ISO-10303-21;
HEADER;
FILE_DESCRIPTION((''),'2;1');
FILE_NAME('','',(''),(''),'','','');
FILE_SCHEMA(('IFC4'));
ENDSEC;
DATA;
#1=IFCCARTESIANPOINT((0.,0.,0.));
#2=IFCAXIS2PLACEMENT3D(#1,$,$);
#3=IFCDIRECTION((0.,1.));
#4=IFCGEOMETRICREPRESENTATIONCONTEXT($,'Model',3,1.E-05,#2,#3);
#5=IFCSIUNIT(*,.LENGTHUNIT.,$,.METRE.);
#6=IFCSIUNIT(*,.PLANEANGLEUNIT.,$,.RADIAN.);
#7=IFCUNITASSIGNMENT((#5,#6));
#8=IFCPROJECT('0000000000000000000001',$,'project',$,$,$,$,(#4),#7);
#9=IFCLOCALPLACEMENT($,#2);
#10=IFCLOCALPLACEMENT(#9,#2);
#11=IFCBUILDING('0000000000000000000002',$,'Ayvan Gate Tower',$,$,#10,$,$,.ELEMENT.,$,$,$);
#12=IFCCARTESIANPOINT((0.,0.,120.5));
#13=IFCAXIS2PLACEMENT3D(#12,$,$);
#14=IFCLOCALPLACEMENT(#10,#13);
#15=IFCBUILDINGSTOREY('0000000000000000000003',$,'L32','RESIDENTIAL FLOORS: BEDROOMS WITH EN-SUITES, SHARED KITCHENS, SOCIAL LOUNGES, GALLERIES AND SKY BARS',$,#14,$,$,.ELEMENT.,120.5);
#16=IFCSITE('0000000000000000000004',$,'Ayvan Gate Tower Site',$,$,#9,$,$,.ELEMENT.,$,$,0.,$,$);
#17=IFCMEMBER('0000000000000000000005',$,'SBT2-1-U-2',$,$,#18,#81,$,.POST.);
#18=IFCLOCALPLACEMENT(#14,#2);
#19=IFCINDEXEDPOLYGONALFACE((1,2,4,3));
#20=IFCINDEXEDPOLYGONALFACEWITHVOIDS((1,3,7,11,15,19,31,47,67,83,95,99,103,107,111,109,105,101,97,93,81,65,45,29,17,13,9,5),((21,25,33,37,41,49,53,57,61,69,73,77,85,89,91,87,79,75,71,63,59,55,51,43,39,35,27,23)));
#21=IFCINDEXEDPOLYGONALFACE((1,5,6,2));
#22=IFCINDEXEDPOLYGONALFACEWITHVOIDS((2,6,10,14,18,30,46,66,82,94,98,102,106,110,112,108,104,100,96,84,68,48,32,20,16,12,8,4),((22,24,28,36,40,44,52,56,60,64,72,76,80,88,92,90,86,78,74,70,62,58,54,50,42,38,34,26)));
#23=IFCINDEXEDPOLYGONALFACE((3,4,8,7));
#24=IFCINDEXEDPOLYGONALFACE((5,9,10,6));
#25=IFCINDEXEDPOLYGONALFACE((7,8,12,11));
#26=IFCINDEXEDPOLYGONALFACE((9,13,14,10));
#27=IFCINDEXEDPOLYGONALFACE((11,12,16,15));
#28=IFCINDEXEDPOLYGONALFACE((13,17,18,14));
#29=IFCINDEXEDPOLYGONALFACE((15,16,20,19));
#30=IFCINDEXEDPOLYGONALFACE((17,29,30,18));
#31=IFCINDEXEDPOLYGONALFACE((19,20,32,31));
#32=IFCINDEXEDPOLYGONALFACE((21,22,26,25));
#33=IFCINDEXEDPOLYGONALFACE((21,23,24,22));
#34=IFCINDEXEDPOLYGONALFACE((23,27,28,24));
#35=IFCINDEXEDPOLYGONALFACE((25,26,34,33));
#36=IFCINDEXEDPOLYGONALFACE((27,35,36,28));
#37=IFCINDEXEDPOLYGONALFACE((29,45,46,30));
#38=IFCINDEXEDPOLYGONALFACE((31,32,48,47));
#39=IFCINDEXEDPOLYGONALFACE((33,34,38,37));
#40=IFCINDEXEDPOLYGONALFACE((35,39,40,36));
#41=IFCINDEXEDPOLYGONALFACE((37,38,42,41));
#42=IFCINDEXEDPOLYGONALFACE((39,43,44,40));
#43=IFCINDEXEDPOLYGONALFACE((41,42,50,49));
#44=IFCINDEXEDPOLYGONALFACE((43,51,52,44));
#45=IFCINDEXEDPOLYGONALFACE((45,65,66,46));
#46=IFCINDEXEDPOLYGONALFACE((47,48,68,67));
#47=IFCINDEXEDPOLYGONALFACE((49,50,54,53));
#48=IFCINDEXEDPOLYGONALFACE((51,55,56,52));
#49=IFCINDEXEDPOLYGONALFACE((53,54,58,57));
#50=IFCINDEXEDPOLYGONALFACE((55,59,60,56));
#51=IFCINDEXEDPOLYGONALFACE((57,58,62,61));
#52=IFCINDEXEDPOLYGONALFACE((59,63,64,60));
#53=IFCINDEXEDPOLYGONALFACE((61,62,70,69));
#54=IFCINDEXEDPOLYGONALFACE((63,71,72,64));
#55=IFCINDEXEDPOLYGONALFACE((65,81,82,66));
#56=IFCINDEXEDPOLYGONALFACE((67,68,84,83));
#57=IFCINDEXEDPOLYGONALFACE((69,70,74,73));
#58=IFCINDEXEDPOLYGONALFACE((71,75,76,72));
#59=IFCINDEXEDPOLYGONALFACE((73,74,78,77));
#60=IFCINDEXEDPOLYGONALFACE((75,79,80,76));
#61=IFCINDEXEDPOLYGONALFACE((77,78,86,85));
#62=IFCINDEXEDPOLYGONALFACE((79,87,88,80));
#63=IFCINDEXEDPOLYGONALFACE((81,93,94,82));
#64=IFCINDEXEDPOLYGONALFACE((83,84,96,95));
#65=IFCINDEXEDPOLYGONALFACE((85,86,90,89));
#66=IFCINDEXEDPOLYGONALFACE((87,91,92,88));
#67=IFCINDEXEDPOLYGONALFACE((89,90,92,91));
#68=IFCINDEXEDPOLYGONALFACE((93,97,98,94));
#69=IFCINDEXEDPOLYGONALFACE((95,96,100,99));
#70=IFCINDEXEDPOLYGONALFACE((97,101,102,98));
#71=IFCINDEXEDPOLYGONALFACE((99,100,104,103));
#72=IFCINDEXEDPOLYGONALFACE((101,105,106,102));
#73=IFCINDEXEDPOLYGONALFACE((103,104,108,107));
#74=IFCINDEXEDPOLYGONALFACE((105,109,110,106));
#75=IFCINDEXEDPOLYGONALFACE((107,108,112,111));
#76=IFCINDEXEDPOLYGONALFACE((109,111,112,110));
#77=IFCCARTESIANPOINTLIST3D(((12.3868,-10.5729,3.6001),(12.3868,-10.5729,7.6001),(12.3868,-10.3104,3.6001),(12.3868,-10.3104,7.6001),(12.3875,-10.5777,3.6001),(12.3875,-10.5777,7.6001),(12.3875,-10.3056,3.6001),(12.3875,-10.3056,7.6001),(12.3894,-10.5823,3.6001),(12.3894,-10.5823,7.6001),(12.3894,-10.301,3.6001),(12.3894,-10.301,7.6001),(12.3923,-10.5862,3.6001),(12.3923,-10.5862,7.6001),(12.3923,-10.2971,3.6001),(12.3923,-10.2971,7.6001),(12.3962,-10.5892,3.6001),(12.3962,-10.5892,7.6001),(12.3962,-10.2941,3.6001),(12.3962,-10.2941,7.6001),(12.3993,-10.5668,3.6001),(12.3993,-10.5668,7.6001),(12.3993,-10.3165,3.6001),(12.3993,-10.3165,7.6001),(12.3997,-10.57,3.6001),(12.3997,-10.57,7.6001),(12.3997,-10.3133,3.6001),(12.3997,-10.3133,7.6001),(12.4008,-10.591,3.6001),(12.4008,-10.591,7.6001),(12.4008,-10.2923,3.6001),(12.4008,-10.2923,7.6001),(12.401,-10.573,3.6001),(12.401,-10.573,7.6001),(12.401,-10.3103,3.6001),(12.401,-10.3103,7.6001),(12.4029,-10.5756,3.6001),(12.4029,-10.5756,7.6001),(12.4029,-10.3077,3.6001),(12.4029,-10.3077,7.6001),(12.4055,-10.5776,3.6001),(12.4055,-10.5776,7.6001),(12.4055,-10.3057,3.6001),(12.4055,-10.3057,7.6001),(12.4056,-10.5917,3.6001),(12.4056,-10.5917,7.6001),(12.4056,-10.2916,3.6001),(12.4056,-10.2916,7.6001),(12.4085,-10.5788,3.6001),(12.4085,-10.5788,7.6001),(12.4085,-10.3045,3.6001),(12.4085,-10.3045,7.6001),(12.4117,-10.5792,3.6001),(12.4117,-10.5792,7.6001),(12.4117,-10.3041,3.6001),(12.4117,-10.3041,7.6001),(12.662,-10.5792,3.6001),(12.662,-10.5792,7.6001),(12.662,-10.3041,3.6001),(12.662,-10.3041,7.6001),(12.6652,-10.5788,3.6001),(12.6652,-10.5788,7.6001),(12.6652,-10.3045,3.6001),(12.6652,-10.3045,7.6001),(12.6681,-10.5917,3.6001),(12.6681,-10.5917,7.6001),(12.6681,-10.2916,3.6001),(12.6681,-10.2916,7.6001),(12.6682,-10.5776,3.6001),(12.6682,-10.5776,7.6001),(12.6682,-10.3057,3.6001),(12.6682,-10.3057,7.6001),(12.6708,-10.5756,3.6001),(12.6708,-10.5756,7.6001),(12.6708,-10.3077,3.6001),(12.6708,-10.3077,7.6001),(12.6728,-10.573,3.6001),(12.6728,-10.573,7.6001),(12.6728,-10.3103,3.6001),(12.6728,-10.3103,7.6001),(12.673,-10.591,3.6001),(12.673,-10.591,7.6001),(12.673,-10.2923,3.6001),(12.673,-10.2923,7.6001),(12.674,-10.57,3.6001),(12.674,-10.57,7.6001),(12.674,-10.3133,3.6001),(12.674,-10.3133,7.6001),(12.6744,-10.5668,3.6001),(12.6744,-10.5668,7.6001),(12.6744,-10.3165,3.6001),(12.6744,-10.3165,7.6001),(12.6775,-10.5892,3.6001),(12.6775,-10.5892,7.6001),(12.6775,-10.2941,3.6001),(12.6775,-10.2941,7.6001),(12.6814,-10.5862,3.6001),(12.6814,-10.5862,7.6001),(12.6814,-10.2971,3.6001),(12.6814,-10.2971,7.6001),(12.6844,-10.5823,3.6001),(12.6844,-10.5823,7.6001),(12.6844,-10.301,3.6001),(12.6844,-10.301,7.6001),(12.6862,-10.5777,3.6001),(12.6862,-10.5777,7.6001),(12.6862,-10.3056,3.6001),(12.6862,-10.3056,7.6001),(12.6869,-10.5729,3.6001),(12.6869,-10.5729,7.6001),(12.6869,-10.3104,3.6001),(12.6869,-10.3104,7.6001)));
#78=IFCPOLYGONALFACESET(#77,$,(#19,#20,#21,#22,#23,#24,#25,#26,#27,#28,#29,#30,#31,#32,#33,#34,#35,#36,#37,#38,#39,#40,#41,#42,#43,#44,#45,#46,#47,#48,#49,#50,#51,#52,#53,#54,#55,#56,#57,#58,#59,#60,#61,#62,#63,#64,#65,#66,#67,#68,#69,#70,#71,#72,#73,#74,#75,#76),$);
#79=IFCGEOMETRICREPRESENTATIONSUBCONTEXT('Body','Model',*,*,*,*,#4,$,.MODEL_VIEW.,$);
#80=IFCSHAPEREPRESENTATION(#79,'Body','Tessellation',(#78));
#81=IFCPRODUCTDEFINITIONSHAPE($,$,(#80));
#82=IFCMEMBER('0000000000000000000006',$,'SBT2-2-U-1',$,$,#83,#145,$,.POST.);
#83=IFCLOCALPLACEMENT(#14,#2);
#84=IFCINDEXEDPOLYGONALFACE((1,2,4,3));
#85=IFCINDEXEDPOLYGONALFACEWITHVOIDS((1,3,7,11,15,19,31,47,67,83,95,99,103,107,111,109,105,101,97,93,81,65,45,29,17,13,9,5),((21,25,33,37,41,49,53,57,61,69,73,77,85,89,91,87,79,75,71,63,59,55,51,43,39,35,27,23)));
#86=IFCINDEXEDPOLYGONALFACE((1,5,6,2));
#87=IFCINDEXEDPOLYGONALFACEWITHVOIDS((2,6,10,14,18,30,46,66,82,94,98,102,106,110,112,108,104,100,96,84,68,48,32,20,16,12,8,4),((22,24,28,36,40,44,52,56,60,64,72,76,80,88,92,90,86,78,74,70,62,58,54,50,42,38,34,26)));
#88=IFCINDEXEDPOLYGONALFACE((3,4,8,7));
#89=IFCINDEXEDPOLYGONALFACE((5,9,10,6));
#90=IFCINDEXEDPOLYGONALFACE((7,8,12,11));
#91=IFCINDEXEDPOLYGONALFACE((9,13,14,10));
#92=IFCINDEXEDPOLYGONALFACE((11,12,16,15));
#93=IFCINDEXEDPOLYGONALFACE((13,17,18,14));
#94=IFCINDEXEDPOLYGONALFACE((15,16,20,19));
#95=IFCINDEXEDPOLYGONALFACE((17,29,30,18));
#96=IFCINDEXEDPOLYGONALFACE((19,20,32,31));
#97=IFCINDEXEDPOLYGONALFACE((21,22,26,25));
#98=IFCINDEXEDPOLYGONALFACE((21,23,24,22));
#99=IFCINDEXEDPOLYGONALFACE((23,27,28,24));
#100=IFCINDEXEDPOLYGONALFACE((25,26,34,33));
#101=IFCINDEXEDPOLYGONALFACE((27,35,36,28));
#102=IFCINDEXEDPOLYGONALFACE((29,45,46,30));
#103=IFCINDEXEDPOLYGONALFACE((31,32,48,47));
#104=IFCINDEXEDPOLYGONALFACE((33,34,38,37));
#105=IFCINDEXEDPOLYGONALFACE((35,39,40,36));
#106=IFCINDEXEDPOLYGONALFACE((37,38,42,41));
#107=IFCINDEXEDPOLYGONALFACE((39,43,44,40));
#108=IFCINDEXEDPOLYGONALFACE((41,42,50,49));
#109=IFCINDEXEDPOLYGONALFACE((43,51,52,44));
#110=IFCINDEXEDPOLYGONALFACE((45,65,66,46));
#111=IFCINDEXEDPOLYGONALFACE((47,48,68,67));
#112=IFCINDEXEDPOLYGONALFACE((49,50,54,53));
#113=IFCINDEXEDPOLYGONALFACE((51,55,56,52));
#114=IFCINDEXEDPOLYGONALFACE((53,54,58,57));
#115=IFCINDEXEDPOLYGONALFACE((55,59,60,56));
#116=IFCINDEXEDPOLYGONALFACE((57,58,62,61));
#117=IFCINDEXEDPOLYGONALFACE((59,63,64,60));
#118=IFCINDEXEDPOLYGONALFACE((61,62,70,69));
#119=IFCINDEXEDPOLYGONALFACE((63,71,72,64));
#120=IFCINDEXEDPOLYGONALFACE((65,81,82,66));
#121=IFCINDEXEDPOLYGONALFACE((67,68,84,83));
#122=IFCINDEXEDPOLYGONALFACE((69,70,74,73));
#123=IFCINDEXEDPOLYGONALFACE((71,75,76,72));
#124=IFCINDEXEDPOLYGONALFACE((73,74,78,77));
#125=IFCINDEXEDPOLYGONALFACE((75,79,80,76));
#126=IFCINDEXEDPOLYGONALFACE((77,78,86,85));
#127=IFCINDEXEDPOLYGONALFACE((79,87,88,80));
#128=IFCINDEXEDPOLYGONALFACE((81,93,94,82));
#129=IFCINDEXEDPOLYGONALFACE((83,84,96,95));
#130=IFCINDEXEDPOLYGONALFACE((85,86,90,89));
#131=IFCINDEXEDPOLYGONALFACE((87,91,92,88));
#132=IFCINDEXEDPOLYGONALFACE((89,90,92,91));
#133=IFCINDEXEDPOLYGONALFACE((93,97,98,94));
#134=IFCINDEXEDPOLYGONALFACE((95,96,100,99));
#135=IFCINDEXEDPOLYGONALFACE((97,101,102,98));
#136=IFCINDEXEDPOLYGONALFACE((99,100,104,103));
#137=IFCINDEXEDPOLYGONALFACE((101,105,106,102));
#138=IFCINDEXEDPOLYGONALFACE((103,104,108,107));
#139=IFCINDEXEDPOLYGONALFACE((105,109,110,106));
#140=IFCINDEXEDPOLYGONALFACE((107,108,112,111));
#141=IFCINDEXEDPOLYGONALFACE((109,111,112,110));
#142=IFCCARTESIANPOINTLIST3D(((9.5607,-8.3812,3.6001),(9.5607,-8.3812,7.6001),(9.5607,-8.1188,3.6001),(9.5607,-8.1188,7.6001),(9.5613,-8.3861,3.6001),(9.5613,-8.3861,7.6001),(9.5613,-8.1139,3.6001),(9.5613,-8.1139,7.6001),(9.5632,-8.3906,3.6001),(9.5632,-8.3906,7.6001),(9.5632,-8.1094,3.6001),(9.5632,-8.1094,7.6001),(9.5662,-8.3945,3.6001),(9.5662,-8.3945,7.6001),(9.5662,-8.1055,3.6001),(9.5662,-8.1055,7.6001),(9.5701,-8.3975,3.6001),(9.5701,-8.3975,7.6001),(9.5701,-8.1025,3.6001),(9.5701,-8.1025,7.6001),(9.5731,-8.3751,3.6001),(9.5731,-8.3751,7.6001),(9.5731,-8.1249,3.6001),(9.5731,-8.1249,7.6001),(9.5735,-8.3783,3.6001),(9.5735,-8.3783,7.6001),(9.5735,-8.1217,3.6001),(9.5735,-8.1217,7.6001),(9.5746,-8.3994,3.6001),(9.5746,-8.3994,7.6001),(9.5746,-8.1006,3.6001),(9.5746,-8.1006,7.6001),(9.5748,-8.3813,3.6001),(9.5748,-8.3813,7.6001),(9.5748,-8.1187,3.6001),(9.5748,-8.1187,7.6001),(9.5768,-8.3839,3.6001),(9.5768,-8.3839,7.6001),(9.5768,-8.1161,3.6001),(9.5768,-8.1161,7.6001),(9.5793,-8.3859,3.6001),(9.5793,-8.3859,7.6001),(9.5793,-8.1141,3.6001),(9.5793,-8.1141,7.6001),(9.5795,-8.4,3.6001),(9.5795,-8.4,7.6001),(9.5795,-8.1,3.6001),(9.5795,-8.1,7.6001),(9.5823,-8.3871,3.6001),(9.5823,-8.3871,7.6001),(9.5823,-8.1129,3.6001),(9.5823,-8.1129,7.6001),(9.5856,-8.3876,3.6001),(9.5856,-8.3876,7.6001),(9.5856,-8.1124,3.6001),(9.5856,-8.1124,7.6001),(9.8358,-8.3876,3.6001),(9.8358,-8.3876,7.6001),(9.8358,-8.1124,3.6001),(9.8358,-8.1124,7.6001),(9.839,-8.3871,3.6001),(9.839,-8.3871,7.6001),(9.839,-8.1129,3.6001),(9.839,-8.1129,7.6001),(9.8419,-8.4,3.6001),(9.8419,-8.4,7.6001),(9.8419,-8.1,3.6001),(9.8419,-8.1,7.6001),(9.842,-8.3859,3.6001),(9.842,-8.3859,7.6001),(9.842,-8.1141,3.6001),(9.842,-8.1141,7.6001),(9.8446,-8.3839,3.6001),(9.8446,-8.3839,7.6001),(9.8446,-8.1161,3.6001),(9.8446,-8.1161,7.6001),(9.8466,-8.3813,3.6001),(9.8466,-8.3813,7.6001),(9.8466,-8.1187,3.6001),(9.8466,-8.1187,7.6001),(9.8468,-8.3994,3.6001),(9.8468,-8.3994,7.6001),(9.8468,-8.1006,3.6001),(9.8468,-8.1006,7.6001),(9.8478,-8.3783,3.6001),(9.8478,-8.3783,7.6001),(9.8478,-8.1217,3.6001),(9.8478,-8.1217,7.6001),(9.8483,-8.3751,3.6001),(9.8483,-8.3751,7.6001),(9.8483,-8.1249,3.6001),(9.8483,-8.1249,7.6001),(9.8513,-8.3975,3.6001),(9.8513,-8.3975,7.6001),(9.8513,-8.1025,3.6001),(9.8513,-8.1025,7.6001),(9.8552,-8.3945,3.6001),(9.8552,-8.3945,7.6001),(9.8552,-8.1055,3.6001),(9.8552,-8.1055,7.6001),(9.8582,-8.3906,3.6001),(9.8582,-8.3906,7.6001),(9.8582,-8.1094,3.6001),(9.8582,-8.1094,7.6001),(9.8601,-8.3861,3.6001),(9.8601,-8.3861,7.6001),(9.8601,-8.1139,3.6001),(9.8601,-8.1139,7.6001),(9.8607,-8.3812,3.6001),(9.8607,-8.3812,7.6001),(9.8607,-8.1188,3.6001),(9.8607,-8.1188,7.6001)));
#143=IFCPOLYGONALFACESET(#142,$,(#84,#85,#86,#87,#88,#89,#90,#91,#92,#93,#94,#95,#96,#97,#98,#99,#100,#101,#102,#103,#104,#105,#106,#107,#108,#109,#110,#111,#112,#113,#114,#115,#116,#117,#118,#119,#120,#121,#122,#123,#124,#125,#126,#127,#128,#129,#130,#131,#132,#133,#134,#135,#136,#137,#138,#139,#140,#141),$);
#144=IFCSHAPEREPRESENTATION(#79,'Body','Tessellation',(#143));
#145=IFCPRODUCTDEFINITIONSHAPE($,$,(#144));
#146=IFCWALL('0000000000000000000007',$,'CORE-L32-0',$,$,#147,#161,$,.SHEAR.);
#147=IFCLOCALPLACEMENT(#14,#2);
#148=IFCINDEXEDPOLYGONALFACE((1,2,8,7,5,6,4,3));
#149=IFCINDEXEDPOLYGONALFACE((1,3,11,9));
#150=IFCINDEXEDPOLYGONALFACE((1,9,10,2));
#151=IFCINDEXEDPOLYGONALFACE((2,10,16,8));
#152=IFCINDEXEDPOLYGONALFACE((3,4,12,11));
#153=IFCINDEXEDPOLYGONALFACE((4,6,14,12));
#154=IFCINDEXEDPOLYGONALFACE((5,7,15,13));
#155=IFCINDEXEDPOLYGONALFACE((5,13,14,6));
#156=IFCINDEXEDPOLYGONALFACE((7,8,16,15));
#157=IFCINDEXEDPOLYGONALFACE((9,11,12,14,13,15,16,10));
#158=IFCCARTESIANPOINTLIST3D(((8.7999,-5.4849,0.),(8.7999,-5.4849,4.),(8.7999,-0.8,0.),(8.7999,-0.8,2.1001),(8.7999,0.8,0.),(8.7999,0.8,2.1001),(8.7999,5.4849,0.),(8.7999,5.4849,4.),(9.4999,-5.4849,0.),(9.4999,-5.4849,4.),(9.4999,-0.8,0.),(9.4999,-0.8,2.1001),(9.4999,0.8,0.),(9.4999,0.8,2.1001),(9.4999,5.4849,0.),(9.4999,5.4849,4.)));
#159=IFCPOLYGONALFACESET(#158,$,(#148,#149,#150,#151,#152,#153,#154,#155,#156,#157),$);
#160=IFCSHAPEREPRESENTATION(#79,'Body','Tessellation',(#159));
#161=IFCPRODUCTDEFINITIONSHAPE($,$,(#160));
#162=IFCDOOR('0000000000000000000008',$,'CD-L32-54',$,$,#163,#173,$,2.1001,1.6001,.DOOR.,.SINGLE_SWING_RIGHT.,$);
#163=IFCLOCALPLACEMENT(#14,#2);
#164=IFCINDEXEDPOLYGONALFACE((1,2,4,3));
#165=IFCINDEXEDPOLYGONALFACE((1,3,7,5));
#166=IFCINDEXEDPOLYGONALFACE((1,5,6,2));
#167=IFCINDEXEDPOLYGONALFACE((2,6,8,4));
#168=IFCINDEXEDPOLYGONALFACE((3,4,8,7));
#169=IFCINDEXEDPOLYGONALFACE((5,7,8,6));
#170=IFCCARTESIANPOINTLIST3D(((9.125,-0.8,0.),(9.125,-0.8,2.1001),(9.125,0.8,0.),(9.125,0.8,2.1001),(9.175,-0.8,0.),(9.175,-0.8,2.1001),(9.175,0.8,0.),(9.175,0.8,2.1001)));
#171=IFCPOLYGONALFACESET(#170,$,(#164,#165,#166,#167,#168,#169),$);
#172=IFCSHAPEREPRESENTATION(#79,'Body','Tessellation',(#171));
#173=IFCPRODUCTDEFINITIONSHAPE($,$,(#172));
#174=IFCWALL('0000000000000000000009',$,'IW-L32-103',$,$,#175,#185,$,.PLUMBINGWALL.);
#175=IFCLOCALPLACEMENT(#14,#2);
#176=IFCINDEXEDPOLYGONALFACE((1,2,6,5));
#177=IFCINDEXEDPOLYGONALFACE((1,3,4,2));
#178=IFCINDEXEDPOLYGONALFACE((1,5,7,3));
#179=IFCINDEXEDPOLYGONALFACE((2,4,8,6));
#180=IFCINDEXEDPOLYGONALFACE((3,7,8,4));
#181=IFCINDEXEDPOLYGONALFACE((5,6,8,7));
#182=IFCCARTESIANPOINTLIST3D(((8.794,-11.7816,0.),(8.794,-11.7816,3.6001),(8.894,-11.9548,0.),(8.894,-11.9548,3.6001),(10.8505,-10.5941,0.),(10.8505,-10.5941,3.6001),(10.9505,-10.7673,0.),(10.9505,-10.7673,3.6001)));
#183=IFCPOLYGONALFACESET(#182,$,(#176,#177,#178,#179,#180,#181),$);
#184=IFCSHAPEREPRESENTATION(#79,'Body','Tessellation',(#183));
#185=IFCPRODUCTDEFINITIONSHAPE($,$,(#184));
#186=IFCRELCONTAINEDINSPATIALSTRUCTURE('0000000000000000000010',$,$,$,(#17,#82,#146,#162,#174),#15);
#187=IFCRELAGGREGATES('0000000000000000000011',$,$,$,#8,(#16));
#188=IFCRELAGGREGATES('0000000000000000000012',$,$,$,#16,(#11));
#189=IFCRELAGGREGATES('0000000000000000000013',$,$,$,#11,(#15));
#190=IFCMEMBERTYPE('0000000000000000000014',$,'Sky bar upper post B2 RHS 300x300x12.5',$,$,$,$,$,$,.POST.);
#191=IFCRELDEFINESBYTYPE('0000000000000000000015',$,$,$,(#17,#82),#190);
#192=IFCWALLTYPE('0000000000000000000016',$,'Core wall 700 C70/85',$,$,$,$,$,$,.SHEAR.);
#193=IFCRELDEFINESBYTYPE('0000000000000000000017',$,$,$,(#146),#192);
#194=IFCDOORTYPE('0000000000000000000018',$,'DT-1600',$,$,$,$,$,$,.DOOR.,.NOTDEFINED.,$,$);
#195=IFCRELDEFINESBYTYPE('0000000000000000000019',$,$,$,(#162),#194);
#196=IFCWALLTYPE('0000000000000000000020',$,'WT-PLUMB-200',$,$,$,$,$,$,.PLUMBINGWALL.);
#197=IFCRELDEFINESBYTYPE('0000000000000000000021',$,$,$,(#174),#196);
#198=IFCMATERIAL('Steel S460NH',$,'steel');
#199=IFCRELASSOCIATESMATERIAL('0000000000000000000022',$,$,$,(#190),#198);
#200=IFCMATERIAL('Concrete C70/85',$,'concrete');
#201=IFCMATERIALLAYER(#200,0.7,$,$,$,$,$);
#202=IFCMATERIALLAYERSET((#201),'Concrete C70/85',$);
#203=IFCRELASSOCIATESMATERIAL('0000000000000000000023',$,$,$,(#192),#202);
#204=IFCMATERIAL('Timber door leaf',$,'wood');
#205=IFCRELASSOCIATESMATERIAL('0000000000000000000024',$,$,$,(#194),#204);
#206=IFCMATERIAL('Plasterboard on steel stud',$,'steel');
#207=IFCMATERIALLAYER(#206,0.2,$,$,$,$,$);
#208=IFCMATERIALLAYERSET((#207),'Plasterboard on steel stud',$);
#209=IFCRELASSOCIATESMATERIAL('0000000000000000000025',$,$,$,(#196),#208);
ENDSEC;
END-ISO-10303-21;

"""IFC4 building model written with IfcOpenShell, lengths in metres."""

from ifc_helpers import new_model, si_unit, direction, frame, frame_2d, origin, origin_2d, place, context, subcontext, project, spatial, rectangle, hollow_rectangle, extrude, material, layer, layer_set, material_profile, profile_set, type_object, element, fill, save


model = new_model("IFC4")

# Units and contexts
model_context = context("Model", 3, precision=1e-05, world=origin(), true_north=direction((0.0, 1.0)))
body_context = subcontext(model_context, "Body", "Model", "MODEL_VIEW")
ifc_project = project(units=[si_unit("LENGTHUNIT", "METRE"), si_unit("PLANEANGLEUNIT", "RADIAN")], contexts=[model_context])

# Site, building, storey
site_placement = place(None, origin())
site = spatial("IfcSite", under=ifc_project, at=site_placement, Name="Ayvan Gate Tower Site", CompositionType="ELEMENT", RefElevation=0.0)
building_placement = place(site_placement, origin())
building = spatial("IfcBuilding", under=site, at=building_placement, Name="Ayvan Gate Tower", CompositionType="ELEMENT")
storey_placement = place(building_placement, frame((0.0, 0.0, 120.5)))
storey = spatial("IfcBuildingStorey", under=building, at=storey_placement, Name="L32", Description="RESIDENTIAL FLOORS: BEDROOMS WITH EN-SUITES, SHARED KITCHENS, SOCIAL LOUNGES, GALLERIES AND SKY BARS", CompositionType="ELEMENT", Elevation=120.5)

# Members
ifc_material_1 = material(Name="Steel S460NH", Category="steel")
ifc_material_profile_1 = material_profile(ifc_material_1, hollow_rectangle(XDim=0.3, YDim=0.3, WallThickness=0.0125, InnerFilletRadius=0.0125, OuterFilletRadius=0.0188, at=origin_2d()), Name="RHS 300x300x12.5")
ifc_profile_set_1 = profile_set([ifc_material_profile_1], Name="Steel S460NH")
member_type_1 = type_object("IfcMemberType", Name="Sky bar upper post B2 RHS 300x300x12.5", PredefinedType="POST", material=ifc_profile_set_1)
for number, where, z_axis, x_axis, name in (
    (1, (12.5369, -10.4417, 3.6001), (0.0, 0.0, 1.0), (1.0, 0.0, 0.0), "SBT2-1-U-2"),
    (2, (9.7107, -8.25, 3.6001), (0.0, 0.0, 1.0), (1.0, 0.0, 0.0), "SBT2-2-U-1"),
):
    element("IfcMember", number, at=place(storey_placement, frame(where, z_axis=z_axis, x_axis=x_axis)), inside=storey, type_object=member_type_1, Name=name, PredefinedType="POST", context=body_context, shape_type="SweptSolid", body=[
        extrude(hollow_rectangle(XDim=0.3, YDim=0.3, WallThickness=0.0125, InnerFilletRadius=0.0125, OuterFilletRadius=0.0188, at=origin_2d()), origin(), (0.0, 0.0, 1.0), 4.0),
    ])

# Wall, opening, door
ifc_material_2 = material(Name="Concrete C70/85", Category="concrete")
ifc_layer_1 = layer(ifc_material_2, 0.7)
ifc_layer_set_1 = layer_set([ifc_layer_1], Name="Concrete C70/85")
wall_type_1 = type_object("IfcWallType", Name="Core wall 700 C70/85", PredefinedType="SHEAR", material=ifc_layer_set_1)
wall_1_placement = place(storey_placement, frame((9.1499, -5.4849, 0.0), z_axis=(0.0, 0.0, 1.0), x_axis=(0.0, 1.0, 0.0)))
wall_1 = element("IfcWall", 3, at=wall_1_placement, inside=storey, type_object=wall_type_1, Name="CORE-L32-0", PredefinedType="SHEAR", context=body_context, shape_type="SweptSolid", body=[
    extrude(rectangle(XDim=10.9697, YDim=0.7, at=frame_2d((5.4849, 0.0))), origin(), (0.0, 0.0, 1.0), 4.0),
])
opening_1_placement = place(wall_1_placement, frame((4.6848, 0.0, 0.0)))
opening_1 = element("IfcOpeningElement", 4, at=opening_1_placement, cuts=wall_1, PredefinedType="OPENING", context=body_context, shape_type="SweptSolid", body=[
    extrude(rectangle(XDim=1.6001, YDim=2.1001, at=frame_2d((0.8, 1.05))), frame((0.0, 0.3599, 0.0), z_axis=(0.0, -1.0, 0.0), x_axis=(1.0, 0.0, 0.0)), (0.0, 0.0, 1.0), 0.72),
])
ifc_material_3 = material(Name="Timber door leaf", Category="wood")
door_type_1 = type_object("IfcDoorType", Name="DT-1600", OperationType="NOTDEFINED", PredefinedType="DOOR", material=ifc_material_3)
door_1_placement = place(opening_1_placement, origin())
door_1 = element("IfcDoor", 5, at=door_1_placement, inside=storey, type_object=door_type_1, Name="CD-L32-54", OperationType="SINGLE_SWING_RIGHT", OverallHeight=2.1001, OverallWidth=1.6001, PredefinedType="DOOR", context=body_context, shape_type="SweptSolid", body=[
    extrude(rectangle(XDim=1.6001, YDim=2.1001, at=frame_2d((0.8, 1.05))), frame((0.0, 0.0249, 0.0), z_axis=(0.0, -1.0, 0.0), x_axis=(1.0, 0.0, 0.0)), (0.0, 0.0, 1.0), 0.05),
])
fill(opening_1, door_1)

# Wall
ifc_material_4 = material(Name="Plasterboard on steel stud", Category="steel")
ifc_layer_2 = layer(ifc_material_4, 0.2)
ifc_layer_set_2 = layer_set([ifc_layer_2], Name="Plasterboard on steel stud")
wall_type_2 = type_object("IfcWallType", Name="WT-PLUMB-200", PredefinedType="PLUMBINGWALL", material=ifc_layer_set_2)
wall_2_placement = place(storey_placement, frame((10.9006, -10.6807, 0.0), z_axis=(0.0, 0.0, 1.0), x_axis=(-0.866008, -0.500031, 0.0)))
element("IfcWall", 6, at=wall_2_placement, inside=storey, type_object=wall_type_2, Name="IW-L32-103", PredefinedType="PLUMBINGWALL", context=body_context, shape_type="SweptSolid", body=[
    extrude(rectangle(XDim=2.3748, YDim=0.2, at=frame_2d((1.1875, 0.0))), origin(), (0.0, 0.0, 1.0), 3.6001),
])

save(model, "model.ifc")
